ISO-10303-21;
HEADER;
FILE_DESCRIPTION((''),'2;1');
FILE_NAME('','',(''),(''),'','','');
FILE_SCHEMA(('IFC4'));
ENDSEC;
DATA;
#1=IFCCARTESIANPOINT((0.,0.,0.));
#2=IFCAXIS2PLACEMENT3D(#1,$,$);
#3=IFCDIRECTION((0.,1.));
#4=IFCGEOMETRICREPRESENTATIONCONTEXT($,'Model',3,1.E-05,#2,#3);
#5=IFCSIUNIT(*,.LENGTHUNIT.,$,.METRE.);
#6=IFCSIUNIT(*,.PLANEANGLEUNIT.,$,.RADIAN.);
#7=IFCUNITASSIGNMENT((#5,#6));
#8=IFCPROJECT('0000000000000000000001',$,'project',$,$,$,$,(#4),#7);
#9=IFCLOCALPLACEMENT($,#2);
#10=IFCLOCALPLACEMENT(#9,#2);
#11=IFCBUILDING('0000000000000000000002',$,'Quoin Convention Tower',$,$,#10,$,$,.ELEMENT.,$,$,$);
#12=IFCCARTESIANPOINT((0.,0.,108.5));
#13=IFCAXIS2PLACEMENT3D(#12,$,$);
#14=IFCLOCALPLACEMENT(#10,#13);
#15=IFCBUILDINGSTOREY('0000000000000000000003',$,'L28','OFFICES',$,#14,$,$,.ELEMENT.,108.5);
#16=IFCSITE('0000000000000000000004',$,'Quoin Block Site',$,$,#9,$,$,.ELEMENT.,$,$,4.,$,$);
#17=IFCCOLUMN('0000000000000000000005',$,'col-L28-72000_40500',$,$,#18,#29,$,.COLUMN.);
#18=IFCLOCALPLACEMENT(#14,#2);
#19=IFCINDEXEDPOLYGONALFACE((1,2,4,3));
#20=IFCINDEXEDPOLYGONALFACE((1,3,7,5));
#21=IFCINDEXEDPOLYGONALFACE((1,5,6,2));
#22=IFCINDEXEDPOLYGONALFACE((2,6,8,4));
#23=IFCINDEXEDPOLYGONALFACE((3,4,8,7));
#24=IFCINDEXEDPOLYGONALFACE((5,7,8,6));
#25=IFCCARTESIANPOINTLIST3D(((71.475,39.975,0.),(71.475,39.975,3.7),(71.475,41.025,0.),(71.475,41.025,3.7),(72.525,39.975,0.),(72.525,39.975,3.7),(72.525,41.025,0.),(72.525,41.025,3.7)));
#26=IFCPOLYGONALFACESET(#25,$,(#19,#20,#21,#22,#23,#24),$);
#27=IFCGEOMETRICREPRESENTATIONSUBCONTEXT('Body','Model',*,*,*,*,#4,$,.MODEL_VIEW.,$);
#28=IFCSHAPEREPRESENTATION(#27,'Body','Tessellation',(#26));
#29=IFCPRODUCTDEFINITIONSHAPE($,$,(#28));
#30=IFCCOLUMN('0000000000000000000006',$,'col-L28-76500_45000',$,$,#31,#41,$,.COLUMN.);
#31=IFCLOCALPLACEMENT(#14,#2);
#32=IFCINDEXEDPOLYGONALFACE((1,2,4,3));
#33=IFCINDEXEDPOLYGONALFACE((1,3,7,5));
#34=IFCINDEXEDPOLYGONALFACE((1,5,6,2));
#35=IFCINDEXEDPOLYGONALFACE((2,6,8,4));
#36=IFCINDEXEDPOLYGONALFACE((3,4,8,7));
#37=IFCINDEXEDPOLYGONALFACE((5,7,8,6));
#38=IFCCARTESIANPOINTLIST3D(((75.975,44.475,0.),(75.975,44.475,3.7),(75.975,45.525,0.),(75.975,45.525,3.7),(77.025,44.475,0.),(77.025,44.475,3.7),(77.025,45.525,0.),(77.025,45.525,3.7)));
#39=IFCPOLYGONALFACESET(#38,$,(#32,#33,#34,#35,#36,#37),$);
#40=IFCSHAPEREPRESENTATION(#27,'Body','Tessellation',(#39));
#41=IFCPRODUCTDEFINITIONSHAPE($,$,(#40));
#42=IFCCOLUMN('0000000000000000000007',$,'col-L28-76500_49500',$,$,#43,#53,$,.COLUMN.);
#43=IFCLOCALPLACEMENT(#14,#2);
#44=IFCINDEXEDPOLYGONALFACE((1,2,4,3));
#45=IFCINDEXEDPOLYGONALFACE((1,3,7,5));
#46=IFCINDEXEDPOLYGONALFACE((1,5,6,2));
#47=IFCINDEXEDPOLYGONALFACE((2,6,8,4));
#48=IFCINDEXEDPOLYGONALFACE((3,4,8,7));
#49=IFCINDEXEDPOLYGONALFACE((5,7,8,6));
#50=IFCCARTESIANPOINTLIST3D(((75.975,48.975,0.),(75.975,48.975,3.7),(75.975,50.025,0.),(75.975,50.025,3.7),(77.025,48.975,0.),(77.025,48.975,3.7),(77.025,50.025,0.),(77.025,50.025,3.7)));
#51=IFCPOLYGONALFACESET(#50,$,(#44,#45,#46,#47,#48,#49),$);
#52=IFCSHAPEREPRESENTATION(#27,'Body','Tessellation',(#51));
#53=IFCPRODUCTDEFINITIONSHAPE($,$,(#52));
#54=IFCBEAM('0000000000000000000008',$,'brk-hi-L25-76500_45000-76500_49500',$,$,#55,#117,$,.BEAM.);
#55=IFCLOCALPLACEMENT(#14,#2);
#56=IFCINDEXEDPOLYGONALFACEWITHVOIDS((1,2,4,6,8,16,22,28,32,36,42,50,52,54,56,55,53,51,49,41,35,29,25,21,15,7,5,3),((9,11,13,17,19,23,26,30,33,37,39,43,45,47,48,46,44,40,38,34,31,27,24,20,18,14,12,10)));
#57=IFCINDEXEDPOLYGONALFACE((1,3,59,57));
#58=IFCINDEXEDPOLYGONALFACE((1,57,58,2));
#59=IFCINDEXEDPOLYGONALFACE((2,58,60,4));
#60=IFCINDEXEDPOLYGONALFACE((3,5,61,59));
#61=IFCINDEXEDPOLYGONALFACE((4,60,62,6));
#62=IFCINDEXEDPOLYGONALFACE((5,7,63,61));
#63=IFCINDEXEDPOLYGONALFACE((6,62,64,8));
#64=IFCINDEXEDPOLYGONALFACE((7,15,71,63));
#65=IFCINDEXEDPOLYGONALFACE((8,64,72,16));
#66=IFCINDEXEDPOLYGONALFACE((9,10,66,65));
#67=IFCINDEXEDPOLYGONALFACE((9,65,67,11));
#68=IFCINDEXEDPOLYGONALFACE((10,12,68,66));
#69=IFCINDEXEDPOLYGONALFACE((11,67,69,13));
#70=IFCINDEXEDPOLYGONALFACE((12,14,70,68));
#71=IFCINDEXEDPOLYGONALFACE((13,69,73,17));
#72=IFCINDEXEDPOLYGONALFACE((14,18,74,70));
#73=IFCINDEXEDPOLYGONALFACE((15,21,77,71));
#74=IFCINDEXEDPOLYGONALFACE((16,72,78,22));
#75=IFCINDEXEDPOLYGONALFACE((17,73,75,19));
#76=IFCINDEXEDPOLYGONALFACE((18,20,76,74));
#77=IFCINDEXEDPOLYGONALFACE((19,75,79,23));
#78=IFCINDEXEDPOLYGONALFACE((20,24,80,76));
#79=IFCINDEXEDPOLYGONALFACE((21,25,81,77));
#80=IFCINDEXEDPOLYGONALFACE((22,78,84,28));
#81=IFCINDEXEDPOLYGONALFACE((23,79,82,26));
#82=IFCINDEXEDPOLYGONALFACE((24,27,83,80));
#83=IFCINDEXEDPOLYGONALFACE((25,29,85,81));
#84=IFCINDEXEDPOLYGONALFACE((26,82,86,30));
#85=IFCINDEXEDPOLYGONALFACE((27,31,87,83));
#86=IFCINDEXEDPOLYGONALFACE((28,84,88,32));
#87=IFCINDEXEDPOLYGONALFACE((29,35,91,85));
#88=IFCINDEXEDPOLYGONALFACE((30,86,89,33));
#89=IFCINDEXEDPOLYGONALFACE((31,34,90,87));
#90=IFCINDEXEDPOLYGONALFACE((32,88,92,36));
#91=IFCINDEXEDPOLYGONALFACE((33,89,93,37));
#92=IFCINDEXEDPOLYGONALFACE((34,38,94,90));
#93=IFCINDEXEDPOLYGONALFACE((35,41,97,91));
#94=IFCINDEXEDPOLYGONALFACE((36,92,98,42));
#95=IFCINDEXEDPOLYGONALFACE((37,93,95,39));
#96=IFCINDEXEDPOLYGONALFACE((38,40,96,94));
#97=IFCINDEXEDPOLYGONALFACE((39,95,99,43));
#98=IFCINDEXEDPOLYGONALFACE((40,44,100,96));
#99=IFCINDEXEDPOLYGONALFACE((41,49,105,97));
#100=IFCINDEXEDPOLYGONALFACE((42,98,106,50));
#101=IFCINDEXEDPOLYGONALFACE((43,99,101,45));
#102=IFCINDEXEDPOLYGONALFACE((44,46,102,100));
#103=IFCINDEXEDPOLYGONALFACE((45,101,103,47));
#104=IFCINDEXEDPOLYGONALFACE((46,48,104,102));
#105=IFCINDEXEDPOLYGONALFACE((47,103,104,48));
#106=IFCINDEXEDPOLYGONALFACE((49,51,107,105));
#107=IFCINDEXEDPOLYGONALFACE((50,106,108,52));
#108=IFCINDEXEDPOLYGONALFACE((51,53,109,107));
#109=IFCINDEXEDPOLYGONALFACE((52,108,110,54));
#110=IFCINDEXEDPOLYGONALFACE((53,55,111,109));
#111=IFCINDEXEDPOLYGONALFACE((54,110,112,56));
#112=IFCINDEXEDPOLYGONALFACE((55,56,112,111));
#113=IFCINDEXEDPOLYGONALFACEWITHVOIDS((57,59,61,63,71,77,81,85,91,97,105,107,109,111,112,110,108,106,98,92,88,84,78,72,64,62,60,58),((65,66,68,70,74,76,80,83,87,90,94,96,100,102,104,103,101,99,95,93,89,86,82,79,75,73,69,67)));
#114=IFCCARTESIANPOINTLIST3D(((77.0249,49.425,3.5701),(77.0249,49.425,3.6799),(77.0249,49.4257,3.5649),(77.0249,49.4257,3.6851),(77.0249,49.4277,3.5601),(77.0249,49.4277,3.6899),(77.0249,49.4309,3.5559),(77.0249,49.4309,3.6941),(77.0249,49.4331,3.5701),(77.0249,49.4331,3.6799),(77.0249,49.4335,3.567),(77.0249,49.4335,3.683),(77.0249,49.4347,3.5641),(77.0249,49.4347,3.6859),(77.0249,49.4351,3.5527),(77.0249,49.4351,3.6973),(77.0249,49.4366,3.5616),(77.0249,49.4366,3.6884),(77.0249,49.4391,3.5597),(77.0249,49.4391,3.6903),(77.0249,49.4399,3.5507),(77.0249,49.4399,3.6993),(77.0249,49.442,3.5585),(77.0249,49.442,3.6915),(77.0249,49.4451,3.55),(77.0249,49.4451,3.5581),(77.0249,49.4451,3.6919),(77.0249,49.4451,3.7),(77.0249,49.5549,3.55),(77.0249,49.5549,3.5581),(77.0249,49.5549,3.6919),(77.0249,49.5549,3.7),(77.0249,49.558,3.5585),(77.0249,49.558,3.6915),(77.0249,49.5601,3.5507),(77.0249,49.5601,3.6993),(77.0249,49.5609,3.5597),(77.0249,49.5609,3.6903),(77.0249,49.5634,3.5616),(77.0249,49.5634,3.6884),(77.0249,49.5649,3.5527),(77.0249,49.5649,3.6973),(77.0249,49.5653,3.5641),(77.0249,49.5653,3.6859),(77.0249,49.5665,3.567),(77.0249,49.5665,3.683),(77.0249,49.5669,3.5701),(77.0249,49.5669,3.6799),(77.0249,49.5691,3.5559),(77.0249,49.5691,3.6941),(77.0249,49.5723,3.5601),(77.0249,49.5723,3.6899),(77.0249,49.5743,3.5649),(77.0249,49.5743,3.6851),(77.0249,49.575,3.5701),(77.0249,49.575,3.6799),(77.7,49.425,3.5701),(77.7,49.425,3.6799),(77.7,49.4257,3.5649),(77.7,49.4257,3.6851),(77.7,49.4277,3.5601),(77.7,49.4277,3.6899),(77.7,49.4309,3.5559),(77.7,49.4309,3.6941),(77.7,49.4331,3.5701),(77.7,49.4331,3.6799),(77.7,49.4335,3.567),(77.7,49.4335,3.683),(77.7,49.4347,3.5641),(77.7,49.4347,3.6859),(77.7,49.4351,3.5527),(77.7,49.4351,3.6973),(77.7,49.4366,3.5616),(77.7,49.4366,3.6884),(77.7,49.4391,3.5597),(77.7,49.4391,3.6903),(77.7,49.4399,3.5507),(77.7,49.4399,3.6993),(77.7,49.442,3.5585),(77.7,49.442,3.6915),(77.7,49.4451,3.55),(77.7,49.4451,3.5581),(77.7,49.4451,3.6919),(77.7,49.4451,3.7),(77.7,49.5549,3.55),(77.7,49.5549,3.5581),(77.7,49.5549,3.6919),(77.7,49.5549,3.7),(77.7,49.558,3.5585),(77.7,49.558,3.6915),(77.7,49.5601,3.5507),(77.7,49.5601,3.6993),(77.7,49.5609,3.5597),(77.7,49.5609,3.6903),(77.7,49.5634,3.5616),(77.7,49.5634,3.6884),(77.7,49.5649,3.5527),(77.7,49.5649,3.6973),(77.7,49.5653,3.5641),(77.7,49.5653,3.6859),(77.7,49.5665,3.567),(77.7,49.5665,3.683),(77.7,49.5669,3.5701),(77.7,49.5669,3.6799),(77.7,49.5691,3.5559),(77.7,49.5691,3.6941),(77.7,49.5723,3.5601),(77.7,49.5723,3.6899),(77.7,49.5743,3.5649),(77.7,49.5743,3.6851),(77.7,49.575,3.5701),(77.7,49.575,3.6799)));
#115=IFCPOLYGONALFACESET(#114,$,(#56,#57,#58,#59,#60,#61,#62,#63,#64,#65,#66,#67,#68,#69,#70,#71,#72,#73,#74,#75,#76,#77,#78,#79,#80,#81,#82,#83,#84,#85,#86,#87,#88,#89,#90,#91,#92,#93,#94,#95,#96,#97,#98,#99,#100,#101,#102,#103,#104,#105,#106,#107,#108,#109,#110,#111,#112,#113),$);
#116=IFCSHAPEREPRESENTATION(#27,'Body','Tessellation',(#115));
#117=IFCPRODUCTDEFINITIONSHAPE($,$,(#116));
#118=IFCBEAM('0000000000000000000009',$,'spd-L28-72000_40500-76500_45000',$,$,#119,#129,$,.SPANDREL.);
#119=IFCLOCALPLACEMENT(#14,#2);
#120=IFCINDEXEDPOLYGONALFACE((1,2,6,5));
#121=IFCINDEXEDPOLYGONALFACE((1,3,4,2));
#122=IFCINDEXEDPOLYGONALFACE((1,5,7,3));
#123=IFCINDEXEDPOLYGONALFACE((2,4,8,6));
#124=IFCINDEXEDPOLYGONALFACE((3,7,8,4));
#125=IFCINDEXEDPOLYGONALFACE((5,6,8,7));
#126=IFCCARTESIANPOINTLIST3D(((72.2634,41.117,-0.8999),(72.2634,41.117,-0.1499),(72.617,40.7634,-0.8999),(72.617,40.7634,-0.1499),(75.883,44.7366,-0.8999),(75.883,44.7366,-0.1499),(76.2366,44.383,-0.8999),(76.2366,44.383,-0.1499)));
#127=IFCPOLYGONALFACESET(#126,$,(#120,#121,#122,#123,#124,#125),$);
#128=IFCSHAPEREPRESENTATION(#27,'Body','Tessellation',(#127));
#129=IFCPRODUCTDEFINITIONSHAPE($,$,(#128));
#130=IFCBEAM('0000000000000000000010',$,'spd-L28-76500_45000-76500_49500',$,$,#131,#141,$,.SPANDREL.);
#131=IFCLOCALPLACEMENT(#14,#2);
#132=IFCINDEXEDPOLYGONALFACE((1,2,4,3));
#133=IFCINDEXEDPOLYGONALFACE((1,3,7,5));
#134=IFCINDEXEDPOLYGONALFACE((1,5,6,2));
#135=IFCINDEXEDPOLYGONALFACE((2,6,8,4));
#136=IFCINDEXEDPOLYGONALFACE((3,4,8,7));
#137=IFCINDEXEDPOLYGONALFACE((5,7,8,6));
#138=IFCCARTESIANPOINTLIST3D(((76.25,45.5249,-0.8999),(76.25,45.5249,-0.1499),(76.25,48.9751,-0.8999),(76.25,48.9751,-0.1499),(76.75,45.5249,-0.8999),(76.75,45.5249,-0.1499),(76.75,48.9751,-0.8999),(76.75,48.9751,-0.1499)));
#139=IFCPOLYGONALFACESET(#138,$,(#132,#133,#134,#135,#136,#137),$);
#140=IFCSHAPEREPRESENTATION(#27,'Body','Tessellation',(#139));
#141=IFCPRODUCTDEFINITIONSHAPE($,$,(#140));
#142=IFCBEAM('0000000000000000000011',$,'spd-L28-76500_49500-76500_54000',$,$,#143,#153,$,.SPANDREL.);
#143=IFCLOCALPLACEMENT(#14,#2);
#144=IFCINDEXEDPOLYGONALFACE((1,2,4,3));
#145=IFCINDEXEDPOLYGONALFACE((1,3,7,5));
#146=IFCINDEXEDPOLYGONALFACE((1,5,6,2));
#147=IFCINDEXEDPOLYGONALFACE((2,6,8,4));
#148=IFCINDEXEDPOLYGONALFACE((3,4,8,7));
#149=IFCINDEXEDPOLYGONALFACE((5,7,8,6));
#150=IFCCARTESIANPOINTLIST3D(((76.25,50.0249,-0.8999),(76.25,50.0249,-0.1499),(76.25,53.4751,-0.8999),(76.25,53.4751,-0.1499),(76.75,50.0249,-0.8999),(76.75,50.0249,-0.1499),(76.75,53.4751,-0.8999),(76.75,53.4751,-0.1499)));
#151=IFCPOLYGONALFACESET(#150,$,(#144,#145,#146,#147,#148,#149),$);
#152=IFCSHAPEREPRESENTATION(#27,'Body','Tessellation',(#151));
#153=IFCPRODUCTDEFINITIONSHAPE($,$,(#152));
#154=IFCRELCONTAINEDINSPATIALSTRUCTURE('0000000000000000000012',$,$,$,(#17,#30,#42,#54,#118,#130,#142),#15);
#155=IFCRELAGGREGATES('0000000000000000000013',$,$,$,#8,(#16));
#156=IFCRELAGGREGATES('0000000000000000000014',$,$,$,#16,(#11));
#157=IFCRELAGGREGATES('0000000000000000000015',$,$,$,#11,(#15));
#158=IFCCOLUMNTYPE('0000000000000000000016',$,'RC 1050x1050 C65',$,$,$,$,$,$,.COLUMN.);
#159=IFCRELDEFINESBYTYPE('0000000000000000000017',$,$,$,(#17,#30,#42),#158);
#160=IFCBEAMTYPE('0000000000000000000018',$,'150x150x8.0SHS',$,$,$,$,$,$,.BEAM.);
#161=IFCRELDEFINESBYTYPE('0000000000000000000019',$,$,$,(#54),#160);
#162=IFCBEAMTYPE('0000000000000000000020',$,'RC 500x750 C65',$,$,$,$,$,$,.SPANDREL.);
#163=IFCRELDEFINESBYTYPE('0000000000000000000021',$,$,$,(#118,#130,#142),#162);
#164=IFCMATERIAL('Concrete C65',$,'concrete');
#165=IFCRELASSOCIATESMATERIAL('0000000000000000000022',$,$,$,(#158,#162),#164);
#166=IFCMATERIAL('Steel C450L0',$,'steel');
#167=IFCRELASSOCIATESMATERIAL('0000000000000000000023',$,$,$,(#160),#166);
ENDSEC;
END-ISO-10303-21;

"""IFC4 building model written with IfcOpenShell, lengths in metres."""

from ifc_helpers import new_model, si_unit, direction, frame, origin, origin_2d, place, context, subcontext, project, spatial, rectangle, hollow_rectangle, extrude, material, material_profile, profile_set, type_object, element, save


model = new_model("IFC4")

# Units and contexts
model_context = context("Model", 3, precision=1e-05, world=origin(), true_north=direction((0.0, 1.0)))
body_context = subcontext(model_context, "Body", "Model", "MODEL_VIEW")
ifc_project = project(units=[si_unit("LENGTHUNIT", "METRE"), si_unit("PLANEANGLEUNIT", "RADIAN")], contexts=[model_context])

# Site, building, storey
site_placement = place(None, origin())
site = spatial("IfcSite", under=ifc_project, at=site_placement, Name="Quoin Block Site", CompositionType="ELEMENT", RefElevation=4.0)
building_placement = place(site_placement, origin())
building = spatial("IfcBuilding", under=site, at=building_placement, Name="Quoin Convention Tower", CompositionType="ELEMENT")
storey_placement = place(building_placement, frame((0.0, 0.0, 108.5)))
storey = spatial("IfcBuildingStorey", under=building, at=storey_placement, Name="L28", Description="OFFICES", CompositionType="ELEMENT", Elevation=108.5)

# Columns
ifc_material_1 = material(Name="Concrete C65", Category="concrete")
ifc_material_profile_1 = material_profile(ifc_material_1, rectangle(XDim=1.05, YDim=1.05, at=origin_2d()), Name="RC 1050x1050")
ifc_profile_set_1 = profile_set([ifc_material_profile_1], Name="Concrete C65")
column_type = type_object("IfcColumnType", Name="RC 1050x1050 C65", PredefinedType="COLUMN", material=ifc_profile_set_1)
for number, where, z_axis, x_axis, name in (
    (1, (72.0, 40.5, 0.0), (0.0, 0.0, 1.0), (1.0, 0.0, 0.0), "col-L28-72000_40500"),
    (2, (76.5, 45.0, 0.0), (0.0, 0.0, 1.0), (1.0, 0.0, 0.0), "col-L28-76500_45000"),
    (3, (76.5, 49.5, 0.0), (0.0, 0.0, 1.0), (1.0, 0.0, 0.0), "col-L28-76500_49500"),
):
    element("IfcColumn", number, at=place(storey_placement, frame(where, z_axis=z_axis, x_axis=x_axis)), inside=storey, type_object=column_type, Name=name, PredefinedType="COLUMN", context=body_context, shape_type="SweptSolid", body=[
        extrude(rectangle(XDim=1.05, YDim=1.05, at=origin_2d()), origin(), (0.0, 0.0, 1.0), 3.7),
    ])

# Beams
ifc_material_2 = material(Name="Steel C450L0", Category="steel")
ifc_material_profile_2 = material_profile(ifc_material_2, hollow_rectangle(XDim=0.1499, YDim=0.1499, WallThickness=0.0081, InnerFilletRadius=0.012, OuterFilletRadius=0.02, at=origin_2d()), Name="150x150x8.0SHS")
ifc_profile_set_2 = profile_set([ifc_material_profile_2], Name="Steel C450L0")
beam_type_1 = type_object("IfcBeamType", Name="150x150x8.0SHS", PredefinedType="BEAM", material=ifc_profile_set_2)
beam_1_placement = place(storey_placement, frame((77.0249, 49.5, 3.625), z_axis=(1.0, 0.0, 0.0), x_axis=(0.0, 1.0, 0.0)))
element("IfcBeam", 4, at=beam_1_placement, inside=storey, type_object=beam_type_1, Name="brk-hi-L25-76500_45000-76500_49500", PredefinedType="BEAM", context=body_context, shape_type="SweptSolid", body=[
    extrude(hollow_rectangle(XDim=0.1499, YDim=0.1499, WallThickness=0.0081, InnerFilletRadius=0.012, OuterFilletRadius=0.02, at=origin_2d()), origin(), (0.0, 0.0, 1.0), 0.675),
])
ifc_material_profile_3 = material_profile(ifc_material_1, rectangle(XDim=0.5, YDim=0.75, at=origin_2d()), Name="RC 500x750")
ifc_profile_set_3 = profile_set([ifc_material_profile_3], Name="Concrete C65")
beam_type_2 = type_object("IfcBeamType", Name="RC 500x750 C65", PredefinedType="SPANDREL", material=ifc_profile_set_3)
beam_2_placement = place(storey_placement, frame((72.4402, 40.9402, -0.5249), z_axis=(0.707107, 0.707107, 0.0), x_axis=(-0.707107, 0.707107, 0.0)))
element("IfcBeam", 5, at=beam_2_placement, inside=storey, type_object=beam_type_2, Name="spd-L28-72000_40500-76500_45000", PredefinedType="SPANDREL", context=body_context, shape_type="SweptSolid", body=[
    extrude(rectangle(XDim=0.5, YDim=0.75, at=origin_2d()), origin(), (0.0, 0.0, 1.0), 5.1189),
])
for number, where, z_axis, x_axis, name in (
    (6, (76.5, 45.5249, -0.5249), (0.0, 1.0, 0.0), (-1.0, 0.0, 0.0), "spd-L28-76500_45000-76500_49500"),
    (7, (76.5, 50.0249, -0.5249), (0.0, 1.0, 0.0), (-1.0, 0.0, 0.0), "spd-L28-76500_49500-76500_54000"),
):
    element("IfcBeam", number, at=place(storey_placement, frame(where, z_axis=z_axis, x_axis=x_axis)), inside=storey, type_object=beam_type_2, Name=name, PredefinedType="SPANDREL", context=body_context, shape_type="SweptSolid", body=[
        extrude(rectangle(XDim=0.5, YDim=0.75, at=origin_2d()), origin(), (0.0, 0.0, 1.0), 3.4502),
    ])

save(model, "model.ifc")
